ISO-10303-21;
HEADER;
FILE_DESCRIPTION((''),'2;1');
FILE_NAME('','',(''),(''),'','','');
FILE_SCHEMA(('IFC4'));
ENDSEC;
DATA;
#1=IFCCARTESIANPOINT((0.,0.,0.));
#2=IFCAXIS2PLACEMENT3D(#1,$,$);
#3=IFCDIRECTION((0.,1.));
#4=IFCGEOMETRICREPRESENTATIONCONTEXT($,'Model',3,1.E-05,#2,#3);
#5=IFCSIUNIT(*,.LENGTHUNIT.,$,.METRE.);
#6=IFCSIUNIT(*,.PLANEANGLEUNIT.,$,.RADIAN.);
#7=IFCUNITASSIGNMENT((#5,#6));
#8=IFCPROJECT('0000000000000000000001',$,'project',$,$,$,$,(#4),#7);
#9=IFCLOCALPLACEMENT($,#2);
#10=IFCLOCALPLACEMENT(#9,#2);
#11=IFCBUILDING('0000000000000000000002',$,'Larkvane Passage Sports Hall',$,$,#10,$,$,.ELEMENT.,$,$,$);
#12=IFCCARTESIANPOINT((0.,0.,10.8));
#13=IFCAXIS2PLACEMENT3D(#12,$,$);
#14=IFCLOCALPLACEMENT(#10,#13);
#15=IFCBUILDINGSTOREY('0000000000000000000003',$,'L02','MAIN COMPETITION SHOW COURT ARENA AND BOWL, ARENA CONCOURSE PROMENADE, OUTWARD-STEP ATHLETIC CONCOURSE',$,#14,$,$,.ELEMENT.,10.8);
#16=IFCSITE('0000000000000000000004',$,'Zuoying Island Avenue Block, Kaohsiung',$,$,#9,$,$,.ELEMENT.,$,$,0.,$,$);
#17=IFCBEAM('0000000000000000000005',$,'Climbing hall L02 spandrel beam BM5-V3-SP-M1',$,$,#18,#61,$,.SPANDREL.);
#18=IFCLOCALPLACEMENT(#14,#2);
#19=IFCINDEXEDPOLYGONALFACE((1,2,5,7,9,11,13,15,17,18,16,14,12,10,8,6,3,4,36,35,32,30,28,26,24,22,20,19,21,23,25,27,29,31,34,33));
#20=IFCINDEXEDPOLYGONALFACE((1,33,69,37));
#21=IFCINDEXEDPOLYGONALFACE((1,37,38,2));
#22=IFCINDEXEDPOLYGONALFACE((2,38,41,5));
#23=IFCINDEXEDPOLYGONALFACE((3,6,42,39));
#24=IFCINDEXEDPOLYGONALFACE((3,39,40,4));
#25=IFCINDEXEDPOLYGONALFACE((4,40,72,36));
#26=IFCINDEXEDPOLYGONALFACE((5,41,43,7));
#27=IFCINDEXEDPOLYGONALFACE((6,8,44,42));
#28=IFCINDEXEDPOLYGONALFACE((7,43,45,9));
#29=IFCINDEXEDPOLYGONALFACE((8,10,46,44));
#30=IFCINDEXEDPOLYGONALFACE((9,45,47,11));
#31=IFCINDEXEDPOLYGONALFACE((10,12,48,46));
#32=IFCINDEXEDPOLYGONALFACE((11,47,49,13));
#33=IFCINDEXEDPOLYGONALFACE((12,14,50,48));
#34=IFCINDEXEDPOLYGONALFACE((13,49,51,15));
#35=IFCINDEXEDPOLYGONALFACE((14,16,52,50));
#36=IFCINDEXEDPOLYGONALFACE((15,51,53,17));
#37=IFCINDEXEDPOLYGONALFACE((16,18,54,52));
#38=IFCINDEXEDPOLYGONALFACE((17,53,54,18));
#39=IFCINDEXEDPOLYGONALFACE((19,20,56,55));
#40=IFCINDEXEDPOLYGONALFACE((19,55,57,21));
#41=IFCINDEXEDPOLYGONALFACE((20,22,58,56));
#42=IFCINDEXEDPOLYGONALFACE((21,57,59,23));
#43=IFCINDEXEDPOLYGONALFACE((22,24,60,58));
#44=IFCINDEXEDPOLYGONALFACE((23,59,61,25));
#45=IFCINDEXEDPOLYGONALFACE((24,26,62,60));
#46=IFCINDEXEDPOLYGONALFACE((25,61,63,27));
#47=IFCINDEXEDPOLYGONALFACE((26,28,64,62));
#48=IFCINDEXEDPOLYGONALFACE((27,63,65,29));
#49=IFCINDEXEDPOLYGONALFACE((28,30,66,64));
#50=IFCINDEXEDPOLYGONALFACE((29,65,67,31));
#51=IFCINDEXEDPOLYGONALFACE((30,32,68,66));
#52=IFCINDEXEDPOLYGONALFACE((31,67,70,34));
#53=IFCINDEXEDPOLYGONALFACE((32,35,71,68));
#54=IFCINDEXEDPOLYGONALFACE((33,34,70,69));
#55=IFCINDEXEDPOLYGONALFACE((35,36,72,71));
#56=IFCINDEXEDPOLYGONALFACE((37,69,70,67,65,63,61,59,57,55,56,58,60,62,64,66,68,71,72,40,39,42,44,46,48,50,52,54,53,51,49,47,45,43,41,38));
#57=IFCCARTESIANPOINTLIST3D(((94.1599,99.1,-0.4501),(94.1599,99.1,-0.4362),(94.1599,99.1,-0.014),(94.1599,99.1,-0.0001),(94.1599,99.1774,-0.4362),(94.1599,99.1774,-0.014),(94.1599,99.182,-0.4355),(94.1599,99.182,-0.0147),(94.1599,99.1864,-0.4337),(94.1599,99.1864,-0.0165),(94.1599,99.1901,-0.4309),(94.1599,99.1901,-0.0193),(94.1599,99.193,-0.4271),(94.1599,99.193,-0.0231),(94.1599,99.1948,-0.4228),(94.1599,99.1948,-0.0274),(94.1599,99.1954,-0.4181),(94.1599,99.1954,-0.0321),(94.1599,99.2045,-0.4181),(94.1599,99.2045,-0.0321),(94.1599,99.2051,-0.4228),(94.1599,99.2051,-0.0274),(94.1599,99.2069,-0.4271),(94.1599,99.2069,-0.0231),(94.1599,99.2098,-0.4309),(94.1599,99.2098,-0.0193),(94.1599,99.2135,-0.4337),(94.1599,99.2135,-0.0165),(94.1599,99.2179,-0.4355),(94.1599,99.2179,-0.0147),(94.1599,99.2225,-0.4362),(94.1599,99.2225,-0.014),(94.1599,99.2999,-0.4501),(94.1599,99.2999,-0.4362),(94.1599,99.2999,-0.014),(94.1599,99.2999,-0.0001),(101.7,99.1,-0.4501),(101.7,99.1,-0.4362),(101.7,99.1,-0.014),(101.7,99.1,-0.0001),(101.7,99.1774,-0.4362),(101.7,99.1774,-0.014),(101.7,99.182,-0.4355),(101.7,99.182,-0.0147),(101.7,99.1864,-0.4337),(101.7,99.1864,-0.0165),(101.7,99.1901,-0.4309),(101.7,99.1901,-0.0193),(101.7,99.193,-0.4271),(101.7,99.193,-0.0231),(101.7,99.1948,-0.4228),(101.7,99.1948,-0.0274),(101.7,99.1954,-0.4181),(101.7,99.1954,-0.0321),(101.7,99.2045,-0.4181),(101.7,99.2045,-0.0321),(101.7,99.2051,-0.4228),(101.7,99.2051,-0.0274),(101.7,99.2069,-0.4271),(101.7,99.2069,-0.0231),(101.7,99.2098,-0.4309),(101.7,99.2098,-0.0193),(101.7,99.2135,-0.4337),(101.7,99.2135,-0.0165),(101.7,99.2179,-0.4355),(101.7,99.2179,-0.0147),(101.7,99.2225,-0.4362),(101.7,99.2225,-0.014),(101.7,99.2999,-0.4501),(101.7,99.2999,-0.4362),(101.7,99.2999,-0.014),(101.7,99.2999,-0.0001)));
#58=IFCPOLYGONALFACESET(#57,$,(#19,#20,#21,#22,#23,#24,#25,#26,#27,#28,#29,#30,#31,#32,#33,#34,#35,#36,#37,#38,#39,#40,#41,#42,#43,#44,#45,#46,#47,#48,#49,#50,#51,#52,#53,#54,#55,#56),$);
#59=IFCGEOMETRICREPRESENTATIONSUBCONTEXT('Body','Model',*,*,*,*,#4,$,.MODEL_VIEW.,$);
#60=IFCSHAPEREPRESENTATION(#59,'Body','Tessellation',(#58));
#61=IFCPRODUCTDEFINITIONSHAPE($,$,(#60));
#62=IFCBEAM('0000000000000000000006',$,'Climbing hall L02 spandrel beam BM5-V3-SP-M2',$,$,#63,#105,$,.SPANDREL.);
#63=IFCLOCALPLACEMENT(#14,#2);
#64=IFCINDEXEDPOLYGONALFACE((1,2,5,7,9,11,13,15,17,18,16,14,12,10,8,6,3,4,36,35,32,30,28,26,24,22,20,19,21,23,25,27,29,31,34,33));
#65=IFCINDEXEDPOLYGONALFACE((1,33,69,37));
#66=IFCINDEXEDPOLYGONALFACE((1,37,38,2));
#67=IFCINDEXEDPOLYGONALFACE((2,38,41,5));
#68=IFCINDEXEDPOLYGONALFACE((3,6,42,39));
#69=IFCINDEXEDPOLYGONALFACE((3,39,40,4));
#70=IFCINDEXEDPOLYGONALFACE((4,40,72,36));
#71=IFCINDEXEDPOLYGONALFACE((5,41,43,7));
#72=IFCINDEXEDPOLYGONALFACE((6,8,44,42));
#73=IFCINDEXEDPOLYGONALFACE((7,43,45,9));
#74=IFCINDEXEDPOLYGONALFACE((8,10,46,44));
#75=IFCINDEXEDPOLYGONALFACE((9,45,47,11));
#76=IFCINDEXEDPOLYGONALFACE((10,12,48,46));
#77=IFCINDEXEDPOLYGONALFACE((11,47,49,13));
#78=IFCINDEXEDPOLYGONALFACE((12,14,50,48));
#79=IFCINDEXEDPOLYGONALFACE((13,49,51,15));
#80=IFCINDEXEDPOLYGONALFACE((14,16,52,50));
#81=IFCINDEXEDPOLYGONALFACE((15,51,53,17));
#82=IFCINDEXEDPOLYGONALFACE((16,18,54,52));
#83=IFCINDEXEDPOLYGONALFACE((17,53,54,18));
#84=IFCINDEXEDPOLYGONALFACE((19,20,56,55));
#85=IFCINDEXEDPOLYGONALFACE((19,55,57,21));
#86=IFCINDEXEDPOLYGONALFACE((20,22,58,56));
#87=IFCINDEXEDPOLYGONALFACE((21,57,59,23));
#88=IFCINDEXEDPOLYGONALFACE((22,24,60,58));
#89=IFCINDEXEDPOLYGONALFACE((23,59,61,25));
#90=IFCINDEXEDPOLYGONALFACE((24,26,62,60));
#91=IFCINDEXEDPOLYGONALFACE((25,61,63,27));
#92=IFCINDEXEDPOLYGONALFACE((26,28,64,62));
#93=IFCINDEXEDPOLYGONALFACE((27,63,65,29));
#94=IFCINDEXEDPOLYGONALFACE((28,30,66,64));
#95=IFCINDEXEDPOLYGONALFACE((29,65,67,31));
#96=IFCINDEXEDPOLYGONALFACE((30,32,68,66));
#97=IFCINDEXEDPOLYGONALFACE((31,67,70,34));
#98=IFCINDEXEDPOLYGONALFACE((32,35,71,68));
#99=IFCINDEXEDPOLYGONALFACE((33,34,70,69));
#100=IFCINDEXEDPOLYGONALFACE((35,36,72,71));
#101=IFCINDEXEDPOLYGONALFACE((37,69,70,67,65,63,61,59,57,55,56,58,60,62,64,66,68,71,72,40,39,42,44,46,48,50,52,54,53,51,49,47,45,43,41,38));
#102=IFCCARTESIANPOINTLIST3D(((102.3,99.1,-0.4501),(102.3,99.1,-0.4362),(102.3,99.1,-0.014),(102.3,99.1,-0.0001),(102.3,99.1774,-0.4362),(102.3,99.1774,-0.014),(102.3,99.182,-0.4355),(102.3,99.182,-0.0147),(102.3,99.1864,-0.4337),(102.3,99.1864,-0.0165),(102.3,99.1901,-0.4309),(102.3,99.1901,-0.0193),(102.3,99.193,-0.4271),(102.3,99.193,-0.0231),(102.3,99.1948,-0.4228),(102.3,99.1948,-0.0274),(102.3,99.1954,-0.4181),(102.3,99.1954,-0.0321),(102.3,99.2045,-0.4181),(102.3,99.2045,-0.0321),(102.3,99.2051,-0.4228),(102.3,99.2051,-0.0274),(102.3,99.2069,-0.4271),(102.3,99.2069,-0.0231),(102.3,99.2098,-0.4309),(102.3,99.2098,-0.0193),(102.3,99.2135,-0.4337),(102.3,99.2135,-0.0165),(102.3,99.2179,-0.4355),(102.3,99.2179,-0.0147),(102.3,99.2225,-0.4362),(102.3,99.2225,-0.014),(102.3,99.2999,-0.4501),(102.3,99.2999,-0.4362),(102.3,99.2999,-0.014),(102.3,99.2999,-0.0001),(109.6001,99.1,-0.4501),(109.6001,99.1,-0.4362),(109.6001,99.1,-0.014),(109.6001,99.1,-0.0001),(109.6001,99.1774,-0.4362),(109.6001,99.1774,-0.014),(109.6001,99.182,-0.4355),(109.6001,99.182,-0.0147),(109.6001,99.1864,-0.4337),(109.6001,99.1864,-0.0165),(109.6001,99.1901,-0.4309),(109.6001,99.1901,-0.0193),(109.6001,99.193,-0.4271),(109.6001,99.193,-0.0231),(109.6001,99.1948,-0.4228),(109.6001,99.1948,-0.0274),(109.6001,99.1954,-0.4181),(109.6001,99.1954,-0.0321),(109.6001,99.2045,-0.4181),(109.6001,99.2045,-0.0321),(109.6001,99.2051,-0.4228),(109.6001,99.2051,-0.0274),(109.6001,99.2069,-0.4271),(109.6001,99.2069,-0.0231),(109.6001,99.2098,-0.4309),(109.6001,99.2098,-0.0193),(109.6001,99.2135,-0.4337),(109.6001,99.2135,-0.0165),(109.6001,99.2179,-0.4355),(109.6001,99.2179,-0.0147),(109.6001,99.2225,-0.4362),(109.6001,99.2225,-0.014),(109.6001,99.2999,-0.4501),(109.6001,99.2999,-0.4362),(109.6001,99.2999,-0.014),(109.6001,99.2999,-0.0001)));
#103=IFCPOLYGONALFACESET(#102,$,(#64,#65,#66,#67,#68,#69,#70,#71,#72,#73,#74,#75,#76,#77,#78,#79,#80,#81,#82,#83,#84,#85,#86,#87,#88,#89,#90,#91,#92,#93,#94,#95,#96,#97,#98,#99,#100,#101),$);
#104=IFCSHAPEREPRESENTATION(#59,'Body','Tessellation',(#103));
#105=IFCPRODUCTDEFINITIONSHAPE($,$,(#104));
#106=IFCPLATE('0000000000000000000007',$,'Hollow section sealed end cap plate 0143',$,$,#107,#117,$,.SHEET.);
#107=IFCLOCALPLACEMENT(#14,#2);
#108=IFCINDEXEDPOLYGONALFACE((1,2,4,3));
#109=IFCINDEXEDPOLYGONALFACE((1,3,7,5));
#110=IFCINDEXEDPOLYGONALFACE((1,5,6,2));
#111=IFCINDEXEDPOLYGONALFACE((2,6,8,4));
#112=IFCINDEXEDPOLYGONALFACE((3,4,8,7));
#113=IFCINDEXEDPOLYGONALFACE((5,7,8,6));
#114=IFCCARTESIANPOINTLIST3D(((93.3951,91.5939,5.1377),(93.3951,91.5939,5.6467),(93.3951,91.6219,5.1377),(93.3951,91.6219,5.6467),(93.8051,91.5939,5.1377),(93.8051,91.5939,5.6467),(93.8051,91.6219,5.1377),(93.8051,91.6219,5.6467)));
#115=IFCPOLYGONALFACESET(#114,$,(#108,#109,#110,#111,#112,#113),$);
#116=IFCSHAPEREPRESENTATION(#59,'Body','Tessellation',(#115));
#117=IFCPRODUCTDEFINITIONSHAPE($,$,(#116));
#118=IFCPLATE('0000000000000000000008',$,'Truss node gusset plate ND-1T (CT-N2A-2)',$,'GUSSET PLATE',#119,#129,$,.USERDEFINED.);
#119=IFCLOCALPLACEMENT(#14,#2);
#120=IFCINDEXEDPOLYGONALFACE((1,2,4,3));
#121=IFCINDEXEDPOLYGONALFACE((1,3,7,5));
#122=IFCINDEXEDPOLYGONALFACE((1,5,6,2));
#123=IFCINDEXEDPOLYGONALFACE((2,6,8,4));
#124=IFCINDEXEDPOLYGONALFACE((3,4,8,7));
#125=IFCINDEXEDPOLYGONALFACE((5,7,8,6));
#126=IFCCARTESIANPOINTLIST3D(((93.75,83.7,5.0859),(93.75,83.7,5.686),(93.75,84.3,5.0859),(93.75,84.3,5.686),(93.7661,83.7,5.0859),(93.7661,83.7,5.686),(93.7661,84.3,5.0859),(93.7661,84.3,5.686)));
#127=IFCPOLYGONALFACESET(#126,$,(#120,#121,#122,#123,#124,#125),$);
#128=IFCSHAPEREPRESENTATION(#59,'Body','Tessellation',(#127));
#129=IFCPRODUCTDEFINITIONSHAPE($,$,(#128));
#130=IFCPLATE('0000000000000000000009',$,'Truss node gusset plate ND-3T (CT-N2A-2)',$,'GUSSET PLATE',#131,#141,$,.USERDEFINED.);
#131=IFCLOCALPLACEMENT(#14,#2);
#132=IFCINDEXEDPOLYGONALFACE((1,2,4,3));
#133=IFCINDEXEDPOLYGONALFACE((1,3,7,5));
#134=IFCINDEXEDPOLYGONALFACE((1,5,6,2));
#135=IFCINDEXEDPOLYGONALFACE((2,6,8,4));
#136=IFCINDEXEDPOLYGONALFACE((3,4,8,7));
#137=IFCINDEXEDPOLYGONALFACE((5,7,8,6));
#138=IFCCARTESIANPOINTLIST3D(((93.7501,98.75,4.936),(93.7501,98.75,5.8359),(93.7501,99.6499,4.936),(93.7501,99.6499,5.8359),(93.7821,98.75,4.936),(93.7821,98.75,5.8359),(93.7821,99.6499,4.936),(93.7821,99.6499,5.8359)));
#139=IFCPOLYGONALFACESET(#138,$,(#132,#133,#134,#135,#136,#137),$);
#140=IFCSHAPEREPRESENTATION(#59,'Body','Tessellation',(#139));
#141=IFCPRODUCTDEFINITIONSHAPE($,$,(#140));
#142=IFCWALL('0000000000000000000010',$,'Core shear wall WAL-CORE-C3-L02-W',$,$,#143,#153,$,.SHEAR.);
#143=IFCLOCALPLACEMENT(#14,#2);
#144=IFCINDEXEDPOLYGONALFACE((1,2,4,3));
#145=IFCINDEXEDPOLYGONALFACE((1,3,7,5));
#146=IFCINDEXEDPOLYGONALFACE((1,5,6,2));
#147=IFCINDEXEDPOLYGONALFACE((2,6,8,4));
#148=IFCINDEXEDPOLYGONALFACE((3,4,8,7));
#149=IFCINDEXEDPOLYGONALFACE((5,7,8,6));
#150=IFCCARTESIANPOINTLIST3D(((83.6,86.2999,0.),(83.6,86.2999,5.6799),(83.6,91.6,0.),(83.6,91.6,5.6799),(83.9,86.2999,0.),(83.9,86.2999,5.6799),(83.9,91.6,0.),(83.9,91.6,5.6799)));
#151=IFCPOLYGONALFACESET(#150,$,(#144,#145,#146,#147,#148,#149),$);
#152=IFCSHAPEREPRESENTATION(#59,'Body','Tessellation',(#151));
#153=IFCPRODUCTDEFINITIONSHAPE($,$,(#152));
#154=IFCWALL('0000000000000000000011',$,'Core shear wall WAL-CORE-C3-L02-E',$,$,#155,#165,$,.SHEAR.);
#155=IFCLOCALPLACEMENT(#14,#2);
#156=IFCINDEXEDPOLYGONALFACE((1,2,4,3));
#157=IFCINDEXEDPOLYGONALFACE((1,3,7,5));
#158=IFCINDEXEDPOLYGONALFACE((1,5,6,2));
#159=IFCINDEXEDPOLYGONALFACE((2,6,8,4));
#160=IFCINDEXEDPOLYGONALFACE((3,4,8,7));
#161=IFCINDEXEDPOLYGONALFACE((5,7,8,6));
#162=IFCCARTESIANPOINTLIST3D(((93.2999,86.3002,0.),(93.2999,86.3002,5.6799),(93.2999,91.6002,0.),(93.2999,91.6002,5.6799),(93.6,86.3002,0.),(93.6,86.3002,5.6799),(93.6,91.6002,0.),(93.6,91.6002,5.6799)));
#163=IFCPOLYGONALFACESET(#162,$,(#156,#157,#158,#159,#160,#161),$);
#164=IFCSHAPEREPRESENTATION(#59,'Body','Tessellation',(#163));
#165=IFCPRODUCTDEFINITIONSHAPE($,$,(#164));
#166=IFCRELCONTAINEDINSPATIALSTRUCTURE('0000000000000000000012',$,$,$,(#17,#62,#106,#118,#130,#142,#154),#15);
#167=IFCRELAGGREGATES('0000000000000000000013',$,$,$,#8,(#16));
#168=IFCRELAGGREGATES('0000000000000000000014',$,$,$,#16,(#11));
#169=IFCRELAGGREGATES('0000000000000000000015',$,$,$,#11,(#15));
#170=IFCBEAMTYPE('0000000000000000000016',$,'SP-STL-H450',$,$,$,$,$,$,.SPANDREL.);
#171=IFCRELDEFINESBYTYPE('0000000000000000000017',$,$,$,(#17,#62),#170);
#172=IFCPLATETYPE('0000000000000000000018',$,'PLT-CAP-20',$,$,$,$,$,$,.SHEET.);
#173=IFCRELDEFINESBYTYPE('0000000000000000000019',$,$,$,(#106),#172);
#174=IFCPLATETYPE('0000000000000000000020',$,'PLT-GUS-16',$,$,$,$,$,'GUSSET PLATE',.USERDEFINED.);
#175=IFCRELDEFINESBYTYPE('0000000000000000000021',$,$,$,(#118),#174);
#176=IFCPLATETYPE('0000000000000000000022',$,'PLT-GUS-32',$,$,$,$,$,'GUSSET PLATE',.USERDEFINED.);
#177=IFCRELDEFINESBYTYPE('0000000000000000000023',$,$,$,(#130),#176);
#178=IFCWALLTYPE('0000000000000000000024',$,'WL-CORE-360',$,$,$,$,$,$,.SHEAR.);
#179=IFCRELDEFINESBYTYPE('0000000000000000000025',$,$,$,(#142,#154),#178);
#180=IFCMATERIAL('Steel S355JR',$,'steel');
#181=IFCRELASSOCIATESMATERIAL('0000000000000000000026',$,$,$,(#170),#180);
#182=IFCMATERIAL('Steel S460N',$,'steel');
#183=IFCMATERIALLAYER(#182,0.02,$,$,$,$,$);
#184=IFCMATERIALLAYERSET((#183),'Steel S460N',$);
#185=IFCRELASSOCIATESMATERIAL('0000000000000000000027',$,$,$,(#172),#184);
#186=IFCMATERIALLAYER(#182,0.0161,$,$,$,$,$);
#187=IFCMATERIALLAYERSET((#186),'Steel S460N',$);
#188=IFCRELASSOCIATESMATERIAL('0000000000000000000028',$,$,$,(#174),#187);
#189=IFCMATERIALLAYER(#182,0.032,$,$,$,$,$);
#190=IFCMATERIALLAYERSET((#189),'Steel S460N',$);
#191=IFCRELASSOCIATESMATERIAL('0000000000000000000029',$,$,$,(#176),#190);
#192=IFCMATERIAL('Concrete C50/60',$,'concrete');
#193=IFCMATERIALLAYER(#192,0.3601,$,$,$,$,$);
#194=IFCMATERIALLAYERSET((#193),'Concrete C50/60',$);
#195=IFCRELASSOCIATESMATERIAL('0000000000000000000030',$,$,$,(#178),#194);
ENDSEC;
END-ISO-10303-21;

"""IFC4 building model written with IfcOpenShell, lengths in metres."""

from ifc_helpers import new_model, si_unit, direction, frame, frame_2d, origin, origin_2d, place, context, subcontext, project, spatial, rectangle, i_section, extrude, material, layer, layer_set, material_profile, profile_set, type_object, element, save


model = new_model("IFC4")

# Units and contexts
model_context = context("Model", 3, precision=1e-05, world=origin(), true_north=direction((0.0, 1.0)))
body_context = subcontext(model_context, "Body", "Model", "MODEL_VIEW")
ifc_project = project(units=[si_unit("LENGTHUNIT", "METRE"), si_unit("PLANEANGLEUNIT", "RADIAN")], contexts=[model_context])

# Site, building, storey
site_placement = place(None, origin())
site = spatial("IfcSite", under=ifc_project, at=site_placement, Name="Zuoying Island Avenue Block, Kaohsiung", CompositionType="ELEMENT", RefElevation=0.0)
building_placement = place(site_placement, origin())
building = spatial("IfcBuilding", under=site, at=building_placement, Name="Larkvane Passage Sports Hall", CompositionType="ELEMENT")
storey_placement = place(building_placement, frame((0.0, 0.0, 10.8)))
storey = spatial("IfcBuildingStorey", under=building, at=storey_placement, Name="L02", Description="MAIN COMPETITION SHOW COURT ARENA AND BOWL, ARENA CONCOURSE PROMENADE, OUTWARD-STEP ATHLETIC CONCOURSE", CompositionType="ELEMENT", Elevation=10.8)

# Shared definitions
ifc_material_1 = material(Name="Concrete C50/60", Category="concrete")

# Shared definitions
ifc_material_2 = material(Name="Steel S460N", Category="steel")

# Beams
ifc_material_3 = material(Name="Steel S355JR", Category="steel")
ifc_material_profile_1 = material_profile(ifc_material_3, i_section(OverallWidth=0.2, OverallDepth=0.45, WebThickness=0.009, FlangeThickness=0.0139, FilletRadius=0.0181, at=origin_2d()), Name="H-450x200x9x14")
ifc_profile_set_1 = profile_set([ifc_material_profile_1], Name="Steel S355JR")
beam_type_1 = type_object("IfcBeamType", Name="SP-STL-H450", PredefinedType="SPANDREL", material=ifc_profile_set_1)
beam_1_placement = place(storey_placement, frame((94.1599, 99.2, -0.2251), z_axis=(1.0, 0.0, 0.0), x_axis=(0.0, 1.0, 0.0)))
element("IfcBeam", 1, at=beam_1_placement, inside=storey, type_object=beam_type_1, Name="Climbing hall L02 spandrel beam BM5-V3-SP-M1", PredefinedType="SPANDREL", context=body_context, shape_type="SweptSolid", body=[
    extrude(i_section(OverallWidth=0.2, OverallDepth=0.45, WebThickness=0.009, FlangeThickness=0.0139, FilletRadius=0.0181, at=origin_2d()), origin(), (0.0, 0.0, 1.0), 7.54),
])
beam_2_placement = place(storey_placement, frame((102.3, 99.2, -0.2251), z_axis=(1.0, 0.0, 0.0), x_axis=(0.0, 1.0, 0.0)))
element("IfcBeam", 2, at=beam_2_placement, inside=storey, type_object=beam_type_1, Name="Climbing hall L02 spandrel beam BM5-V3-SP-M2", PredefinedType="SPANDREL", context=body_context, shape_type="SweptSolid", body=[
    extrude(i_section(OverallWidth=0.2, OverallDepth=0.45, WebThickness=0.009, FlangeThickness=0.0139, FilletRadius=0.0181, at=origin_2d()), origin(), (0.0, 0.0, 1.0), 7.3),
])

# Plates
ifc_layer_1 = layer(ifc_material_2, 0.02)
ifc_layer_set_1 = layer_set([ifc_layer_1], Name="Steel S460N")
plate_type_1 = type_object("IfcPlateType", Name="PLT-CAP-20", PredefinedType="SHEET", material=ifc_layer_set_1)
plate_1_placement = place(storey_placement, frame((93.6001, 91.6079, 5.1377), z_axis=(0.0, 0.0, 1.0), x_axis=(-1.0, 0.0, 0.0)))
element("IfcPlate", 3, at=plate_1_placement, inside=storey, type_object=plate_type_1, Name="Hollow section sealed end cap plate 0143", PredefinedType="SHEET", context=body_context, shape_type="SweptSolid", body=[
    extrude(rectangle(XDim=0.4099, YDim=0.0281, at=origin_2d()), origin(), (0.0, 0.0, 1.0), 0.509),
])
ifc_layer_2 = layer(ifc_material_2, 0.0161)
ifc_layer_set_2 = layer_set([ifc_layer_2], Name="Steel S460N")
plate_type_2 = type_object("IfcPlateType", Name="PLT-GUS-16", ElementType="GUSSET PLATE", PredefinedType="USERDEFINED", material=ifc_layer_set_2)
plate_2_placement = place(storey_placement, frame((93.7581, 84.0, 5.0859), z_axis=(0.0, 0.0, 1.0), x_axis=(0.0, 1.0, 0.0)))
element("IfcPlate", 4, at=plate_2_placement, inside=storey, type_object=plate_type_2, Name="Truss node gusset plate ND-1T (CT-N2A-2)", ObjectType="GUSSET PLATE", PredefinedType="USERDEFINED", context=body_context, shape_type="SweptSolid", body=[
    extrude(rectangle(XDim=0.6001, YDim=0.0161, at=origin_2d()), origin(), (0.0, 0.0, 1.0), 0.6001),
])
ifc_layer_3 = layer(ifc_material_2, 0.032)
ifc_layer_set_3 = layer_set([ifc_layer_3], Name="Steel S460N")
plate_type_3 = type_object("IfcPlateType", Name="PLT-GUS-32", ElementType="GUSSET PLATE", PredefinedType="USERDEFINED", material=ifc_layer_set_3)
plate_3_placement = place(storey_placement, frame((93.7661, 99.2, 4.936), z_axis=(0.0, 0.0, 1.0), x_axis=(0.0, 1.0, 0.0)))
element("IfcPlate", 5, at=plate_3_placement, inside=storey, type_object=plate_type_3, Name="Truss node gusset plate ND-3T (CT-N2A-2)", ObjectType="GUSSET PLATE", PredefinedType="USERDEFINED", context=body_context, shape_type="SweptSolid", body=[
    extrude(rectangle(XDim=0.8999, YDim=0.032, at=origin_2d()), origin(), (0.0, 0.0, 1.0), 0.8999),
])

# Walls
ifc_layer_4 = layer(ifc_material_1, 0.3601)
ifc_layer_set_4 = layer_set([ifc_layer_4], Name="Concrete C50/60")
wall_type_1 = type_object("IfcWallType", Name="WL-CORE-360", PredefinedType="SHEAR", material=ifc_layer_set_4)
for number, where, z_axis, x_axis, name in (
    (6, (83.75, 86.3, 0.0), (0.0, 0.0, 1.0), (0.0, 1.0, 0.0), "Core shear wall WAL-CORE-C3-L02-W"),
    (7, (93.45, 91.6001, 0.0), (0.0, 0.0, 1.0), (0.0, -1.0, 0.0), "Core shear wall WAL-CORE-C3-L02-E"),
):
    element("IfcWall", number, at=place(storey_placement, frame(where, z_axis=z_axis, x_axis=x_axis)), inside=storey, type_object=wall_type_1, Name=name, PredefinedType="SHEAR", context=body_context, shape_type="SweptSolid", body=[
        extrude(rectangle(XDim=5.3, YDim=0.3, at=frame_2d((2.6499, 0.0))), origin(), (0.0, 0.0, 1.0), 5.6799),
    ])

save(model, "model.ifc")
